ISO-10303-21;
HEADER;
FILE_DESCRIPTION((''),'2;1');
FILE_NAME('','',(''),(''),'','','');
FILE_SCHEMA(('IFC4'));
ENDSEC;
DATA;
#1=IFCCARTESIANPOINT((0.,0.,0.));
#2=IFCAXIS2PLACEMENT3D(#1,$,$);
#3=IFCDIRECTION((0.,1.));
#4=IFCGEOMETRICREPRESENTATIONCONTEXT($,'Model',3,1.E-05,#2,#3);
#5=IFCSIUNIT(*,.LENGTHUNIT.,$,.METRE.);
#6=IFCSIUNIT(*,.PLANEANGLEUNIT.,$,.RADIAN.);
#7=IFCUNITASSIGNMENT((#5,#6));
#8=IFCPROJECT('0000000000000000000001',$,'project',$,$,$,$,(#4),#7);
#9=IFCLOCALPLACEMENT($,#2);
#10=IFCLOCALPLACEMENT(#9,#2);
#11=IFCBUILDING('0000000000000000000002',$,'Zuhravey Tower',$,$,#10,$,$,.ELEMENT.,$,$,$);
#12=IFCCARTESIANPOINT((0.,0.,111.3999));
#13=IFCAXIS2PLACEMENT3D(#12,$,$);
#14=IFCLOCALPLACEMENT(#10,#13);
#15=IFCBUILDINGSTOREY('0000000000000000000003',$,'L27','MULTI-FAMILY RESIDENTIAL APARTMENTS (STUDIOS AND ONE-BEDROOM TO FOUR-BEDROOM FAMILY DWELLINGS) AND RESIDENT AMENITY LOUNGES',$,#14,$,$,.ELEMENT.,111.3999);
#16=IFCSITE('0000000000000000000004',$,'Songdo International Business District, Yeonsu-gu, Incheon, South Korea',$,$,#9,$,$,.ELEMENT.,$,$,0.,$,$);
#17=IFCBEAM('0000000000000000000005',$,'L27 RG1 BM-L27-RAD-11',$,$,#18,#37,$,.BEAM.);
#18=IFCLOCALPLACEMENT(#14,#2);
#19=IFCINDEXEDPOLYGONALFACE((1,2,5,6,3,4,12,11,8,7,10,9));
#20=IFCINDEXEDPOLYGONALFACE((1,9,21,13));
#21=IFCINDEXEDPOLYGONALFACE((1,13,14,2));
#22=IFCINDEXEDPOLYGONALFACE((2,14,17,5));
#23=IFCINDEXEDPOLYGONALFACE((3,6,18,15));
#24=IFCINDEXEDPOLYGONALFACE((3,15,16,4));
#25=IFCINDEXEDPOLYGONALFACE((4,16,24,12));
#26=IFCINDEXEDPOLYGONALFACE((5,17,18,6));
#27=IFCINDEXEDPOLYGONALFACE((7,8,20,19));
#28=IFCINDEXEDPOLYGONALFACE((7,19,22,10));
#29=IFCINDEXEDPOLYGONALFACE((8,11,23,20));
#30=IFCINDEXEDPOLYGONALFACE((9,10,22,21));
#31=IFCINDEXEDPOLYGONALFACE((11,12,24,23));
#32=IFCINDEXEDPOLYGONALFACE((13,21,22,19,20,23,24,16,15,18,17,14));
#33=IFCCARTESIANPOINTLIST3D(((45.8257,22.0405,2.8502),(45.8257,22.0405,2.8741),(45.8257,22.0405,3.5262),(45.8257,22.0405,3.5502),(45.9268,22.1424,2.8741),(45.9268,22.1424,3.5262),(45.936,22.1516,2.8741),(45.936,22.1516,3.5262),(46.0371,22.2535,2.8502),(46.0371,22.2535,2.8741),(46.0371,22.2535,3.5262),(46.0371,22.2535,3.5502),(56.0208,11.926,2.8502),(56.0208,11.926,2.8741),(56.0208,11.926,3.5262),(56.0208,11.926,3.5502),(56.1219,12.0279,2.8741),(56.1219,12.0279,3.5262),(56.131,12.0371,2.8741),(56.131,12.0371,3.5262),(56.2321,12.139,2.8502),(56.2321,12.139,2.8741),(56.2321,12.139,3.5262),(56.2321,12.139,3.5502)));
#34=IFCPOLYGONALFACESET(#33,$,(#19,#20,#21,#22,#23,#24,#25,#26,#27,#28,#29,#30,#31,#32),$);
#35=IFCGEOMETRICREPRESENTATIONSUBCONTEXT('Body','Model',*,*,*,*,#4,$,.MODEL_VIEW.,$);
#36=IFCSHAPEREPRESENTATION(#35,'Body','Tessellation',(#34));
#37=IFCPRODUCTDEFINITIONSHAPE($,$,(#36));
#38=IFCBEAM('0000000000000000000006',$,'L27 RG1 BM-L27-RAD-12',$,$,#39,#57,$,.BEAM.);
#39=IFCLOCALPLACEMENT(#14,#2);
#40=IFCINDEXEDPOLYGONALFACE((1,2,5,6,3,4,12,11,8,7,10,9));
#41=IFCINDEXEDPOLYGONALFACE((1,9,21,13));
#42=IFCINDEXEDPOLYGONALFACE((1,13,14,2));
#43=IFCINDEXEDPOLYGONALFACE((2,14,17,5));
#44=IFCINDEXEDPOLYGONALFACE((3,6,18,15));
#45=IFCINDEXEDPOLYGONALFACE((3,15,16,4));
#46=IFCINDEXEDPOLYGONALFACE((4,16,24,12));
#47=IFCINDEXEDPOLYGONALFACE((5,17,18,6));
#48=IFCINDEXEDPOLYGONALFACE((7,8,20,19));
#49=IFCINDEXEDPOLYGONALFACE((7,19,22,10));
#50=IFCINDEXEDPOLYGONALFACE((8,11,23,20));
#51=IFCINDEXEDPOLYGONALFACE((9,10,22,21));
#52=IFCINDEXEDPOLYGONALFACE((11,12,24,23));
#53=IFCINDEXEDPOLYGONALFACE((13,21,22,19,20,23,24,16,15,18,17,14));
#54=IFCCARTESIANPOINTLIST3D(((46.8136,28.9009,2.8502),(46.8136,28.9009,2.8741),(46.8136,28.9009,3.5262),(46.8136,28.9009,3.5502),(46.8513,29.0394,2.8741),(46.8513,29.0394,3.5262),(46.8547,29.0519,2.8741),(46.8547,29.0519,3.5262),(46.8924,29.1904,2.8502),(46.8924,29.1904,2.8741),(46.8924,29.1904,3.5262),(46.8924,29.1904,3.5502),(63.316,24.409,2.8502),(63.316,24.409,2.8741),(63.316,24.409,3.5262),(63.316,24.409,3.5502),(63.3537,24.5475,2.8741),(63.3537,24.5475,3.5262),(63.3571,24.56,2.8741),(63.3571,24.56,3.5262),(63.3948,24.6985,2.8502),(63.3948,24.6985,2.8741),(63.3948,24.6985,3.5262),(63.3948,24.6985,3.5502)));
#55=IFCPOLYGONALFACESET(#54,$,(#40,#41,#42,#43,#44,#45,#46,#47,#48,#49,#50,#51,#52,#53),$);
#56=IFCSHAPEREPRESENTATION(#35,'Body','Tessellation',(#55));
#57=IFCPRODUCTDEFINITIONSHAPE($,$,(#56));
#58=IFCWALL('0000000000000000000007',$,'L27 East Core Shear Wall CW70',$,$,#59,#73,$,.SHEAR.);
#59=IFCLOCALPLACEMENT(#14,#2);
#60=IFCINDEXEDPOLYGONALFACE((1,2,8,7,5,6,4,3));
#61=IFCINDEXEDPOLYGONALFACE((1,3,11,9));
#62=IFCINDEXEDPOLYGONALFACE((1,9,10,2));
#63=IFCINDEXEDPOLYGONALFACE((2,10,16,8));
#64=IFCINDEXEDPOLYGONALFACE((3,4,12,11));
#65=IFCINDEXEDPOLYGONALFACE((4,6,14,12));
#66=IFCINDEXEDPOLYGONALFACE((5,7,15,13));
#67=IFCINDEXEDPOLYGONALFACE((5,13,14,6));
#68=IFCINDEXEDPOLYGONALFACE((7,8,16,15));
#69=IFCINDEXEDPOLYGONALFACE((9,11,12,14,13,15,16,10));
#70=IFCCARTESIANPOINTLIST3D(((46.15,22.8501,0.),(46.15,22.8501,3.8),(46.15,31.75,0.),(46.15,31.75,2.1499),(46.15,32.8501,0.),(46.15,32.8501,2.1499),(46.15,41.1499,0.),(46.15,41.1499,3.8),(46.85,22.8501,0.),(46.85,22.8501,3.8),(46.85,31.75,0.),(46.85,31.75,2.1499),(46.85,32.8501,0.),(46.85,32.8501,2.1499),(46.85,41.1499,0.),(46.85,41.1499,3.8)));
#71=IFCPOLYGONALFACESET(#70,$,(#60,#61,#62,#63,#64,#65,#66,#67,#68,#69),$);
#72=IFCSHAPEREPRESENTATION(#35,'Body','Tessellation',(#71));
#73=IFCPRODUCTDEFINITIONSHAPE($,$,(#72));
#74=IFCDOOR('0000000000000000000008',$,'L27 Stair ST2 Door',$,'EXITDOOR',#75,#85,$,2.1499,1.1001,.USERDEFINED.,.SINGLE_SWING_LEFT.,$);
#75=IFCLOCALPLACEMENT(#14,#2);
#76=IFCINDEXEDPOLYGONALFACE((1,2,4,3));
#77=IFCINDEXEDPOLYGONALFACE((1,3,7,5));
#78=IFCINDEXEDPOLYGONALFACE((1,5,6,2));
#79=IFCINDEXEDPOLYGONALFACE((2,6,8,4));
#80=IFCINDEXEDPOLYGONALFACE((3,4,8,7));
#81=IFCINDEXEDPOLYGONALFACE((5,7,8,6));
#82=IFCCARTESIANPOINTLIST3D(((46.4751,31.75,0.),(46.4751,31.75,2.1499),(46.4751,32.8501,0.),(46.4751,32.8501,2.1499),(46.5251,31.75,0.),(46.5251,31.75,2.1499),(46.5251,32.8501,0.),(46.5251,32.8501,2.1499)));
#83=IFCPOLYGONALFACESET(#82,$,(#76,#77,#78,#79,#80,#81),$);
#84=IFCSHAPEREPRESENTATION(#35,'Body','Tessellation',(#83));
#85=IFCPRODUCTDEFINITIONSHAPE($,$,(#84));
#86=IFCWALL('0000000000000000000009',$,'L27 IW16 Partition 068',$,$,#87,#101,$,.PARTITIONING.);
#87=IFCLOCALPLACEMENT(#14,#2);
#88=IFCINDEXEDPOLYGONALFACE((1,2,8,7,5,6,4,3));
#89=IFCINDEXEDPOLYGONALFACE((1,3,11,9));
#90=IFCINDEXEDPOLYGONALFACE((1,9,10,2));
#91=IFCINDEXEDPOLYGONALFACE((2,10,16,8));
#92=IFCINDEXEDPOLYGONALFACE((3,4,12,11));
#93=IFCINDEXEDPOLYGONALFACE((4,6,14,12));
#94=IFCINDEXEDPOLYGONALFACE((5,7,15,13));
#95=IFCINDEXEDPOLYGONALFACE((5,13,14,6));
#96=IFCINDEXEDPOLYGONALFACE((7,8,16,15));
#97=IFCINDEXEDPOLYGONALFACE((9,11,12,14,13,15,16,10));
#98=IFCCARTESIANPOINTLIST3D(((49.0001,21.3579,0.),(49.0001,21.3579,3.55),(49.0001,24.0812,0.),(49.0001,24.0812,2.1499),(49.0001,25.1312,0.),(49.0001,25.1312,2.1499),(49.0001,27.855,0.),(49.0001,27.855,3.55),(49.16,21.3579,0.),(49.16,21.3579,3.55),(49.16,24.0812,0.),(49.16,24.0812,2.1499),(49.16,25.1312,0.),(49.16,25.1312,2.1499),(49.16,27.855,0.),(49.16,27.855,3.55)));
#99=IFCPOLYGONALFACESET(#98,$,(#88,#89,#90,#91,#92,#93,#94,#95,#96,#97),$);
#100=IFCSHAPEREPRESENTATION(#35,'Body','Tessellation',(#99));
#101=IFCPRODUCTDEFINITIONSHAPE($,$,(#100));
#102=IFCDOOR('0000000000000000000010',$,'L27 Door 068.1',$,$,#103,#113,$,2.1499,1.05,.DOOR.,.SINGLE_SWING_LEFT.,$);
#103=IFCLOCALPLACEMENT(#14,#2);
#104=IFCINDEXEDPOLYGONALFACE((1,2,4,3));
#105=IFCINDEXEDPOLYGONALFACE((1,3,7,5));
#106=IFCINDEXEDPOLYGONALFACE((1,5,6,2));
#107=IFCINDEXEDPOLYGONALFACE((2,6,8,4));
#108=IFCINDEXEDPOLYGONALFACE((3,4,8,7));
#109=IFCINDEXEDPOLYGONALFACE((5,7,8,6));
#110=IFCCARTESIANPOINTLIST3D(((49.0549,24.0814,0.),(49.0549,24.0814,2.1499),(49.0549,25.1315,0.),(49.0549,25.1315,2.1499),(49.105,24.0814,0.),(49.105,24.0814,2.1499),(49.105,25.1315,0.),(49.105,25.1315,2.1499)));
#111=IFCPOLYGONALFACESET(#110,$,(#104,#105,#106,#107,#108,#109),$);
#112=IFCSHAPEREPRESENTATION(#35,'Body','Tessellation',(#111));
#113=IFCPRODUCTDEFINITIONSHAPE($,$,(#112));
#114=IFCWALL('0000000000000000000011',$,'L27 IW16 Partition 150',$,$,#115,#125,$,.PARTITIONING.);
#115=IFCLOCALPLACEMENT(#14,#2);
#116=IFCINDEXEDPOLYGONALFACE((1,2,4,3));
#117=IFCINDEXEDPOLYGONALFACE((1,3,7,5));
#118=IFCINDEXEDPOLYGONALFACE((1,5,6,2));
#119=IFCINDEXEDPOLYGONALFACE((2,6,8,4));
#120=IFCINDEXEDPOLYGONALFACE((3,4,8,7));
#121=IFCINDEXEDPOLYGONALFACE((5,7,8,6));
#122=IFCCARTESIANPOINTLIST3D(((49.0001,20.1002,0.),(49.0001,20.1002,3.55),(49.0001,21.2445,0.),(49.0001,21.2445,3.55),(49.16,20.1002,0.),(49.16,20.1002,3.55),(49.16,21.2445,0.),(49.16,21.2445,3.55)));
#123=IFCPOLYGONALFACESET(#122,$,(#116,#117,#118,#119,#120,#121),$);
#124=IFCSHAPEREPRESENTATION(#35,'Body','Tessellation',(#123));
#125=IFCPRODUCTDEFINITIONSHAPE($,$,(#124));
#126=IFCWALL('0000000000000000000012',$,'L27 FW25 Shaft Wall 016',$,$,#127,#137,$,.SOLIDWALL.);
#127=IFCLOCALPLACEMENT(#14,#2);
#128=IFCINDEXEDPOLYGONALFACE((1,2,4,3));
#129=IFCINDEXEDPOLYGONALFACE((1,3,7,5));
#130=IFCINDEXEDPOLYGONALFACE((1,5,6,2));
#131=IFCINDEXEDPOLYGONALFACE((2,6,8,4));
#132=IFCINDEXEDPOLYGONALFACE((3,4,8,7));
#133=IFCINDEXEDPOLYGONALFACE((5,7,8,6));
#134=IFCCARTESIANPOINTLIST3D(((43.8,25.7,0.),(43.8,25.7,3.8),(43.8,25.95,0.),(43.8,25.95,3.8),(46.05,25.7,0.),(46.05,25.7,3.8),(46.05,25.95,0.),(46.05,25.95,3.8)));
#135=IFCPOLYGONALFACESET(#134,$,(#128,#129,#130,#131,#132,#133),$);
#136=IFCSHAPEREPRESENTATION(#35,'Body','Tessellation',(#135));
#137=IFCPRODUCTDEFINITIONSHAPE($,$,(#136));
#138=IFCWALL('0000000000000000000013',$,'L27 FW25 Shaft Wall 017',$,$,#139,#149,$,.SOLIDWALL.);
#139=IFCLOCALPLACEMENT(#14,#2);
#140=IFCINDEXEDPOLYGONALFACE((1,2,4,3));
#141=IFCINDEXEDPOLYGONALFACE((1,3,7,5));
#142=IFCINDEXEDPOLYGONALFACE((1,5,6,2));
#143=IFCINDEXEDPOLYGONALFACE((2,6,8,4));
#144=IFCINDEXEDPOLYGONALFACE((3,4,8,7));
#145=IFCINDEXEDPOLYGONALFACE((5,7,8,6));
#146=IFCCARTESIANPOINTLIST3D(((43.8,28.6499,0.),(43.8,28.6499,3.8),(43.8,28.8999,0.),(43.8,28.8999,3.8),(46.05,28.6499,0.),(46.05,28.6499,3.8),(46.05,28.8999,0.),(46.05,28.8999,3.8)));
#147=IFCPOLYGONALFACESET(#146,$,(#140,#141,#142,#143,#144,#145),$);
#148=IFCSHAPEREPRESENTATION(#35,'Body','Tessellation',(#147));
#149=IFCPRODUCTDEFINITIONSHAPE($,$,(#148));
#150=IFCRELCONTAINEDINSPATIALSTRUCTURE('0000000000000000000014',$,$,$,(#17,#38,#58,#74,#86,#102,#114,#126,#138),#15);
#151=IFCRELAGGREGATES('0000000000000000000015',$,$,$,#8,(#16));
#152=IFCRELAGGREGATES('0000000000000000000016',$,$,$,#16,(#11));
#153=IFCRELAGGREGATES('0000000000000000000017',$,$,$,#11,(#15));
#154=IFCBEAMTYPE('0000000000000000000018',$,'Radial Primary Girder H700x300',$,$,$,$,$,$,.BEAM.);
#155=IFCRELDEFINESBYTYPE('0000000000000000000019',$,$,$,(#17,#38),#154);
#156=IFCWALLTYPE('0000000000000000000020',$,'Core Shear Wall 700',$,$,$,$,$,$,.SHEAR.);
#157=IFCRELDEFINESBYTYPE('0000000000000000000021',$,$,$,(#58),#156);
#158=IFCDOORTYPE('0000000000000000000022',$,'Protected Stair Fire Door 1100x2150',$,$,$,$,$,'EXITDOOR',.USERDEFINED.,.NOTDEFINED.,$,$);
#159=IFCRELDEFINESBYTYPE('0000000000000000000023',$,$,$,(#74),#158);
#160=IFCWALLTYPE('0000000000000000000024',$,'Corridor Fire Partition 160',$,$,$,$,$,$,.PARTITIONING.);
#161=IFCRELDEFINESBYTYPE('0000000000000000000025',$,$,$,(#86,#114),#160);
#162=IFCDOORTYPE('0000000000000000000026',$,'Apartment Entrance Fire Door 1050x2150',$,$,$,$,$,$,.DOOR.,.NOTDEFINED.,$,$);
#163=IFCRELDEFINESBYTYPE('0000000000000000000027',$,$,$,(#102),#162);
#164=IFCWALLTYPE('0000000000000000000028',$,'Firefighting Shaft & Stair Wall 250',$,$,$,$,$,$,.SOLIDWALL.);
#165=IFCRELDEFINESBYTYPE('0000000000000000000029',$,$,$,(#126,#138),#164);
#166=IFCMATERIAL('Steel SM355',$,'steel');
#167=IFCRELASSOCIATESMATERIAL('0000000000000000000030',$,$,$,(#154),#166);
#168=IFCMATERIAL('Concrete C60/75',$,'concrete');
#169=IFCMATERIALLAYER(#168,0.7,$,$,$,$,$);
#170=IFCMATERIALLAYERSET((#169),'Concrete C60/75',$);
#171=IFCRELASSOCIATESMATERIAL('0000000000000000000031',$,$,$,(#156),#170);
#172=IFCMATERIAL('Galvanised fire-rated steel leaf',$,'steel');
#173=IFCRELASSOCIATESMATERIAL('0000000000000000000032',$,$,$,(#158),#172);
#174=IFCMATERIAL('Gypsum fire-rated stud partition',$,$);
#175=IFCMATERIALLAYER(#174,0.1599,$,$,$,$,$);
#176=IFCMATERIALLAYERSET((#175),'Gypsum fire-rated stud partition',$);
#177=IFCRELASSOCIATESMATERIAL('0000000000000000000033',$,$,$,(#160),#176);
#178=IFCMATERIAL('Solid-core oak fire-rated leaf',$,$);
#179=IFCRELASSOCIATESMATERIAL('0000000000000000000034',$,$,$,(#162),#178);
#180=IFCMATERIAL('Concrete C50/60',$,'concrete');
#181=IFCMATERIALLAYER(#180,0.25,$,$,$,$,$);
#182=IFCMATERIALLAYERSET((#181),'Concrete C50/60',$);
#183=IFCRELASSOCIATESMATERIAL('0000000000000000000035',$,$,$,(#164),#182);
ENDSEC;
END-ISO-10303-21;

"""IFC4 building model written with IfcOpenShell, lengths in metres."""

from ifc_helpers import new_model, si_unit, direction, frame, frame_2d, origin, origin_2d, place, context, subcontext, project, spatial, rectangle, i_section, extrude, material, layer, layer_set, material_profile, profile_set, type_object, element, fill, save


model = new_model("IFC4")

# Units and contexts
model_context = context("Model", 3, precision=1e-05, world=origin(), true_north=direction((0.0, 1.0)))
body_context = subcontext(model_context, "Body", "Model", "MODEL_VIEW")
ifc_project = project(units=[si_unit("LENGTHUNIT", "METRE"), si_unit("PLANEANGLEUNIT", "RADIAN")], contexts=[model_context])

# Site, building, storey
site_placement = place(None, origin())
site = spatial("IfcSite", under=ifc_project, at=site_placement, Name="Songdo International Business District, Yeonsu-gu, Incheon, South Korea", CompositionType="ELEMENT", RefElevation=0.0)
building_placement = place(site_placement, origin())
building = spatial("IfcBuilding", under=site, at=building_placement, Name="Zuhravey Tower", CompositionType="ELEMENT")
storey_placement = place(building_placement, frame((0.0, 0.0, 111.3999)))
storey = spatial("IfcBuildingStorey", under=building, at=storey_placement, Name="L27", Description="MULTI-FAMILY RESIDENTIAL APARTMENTS (STUDIOS AND ONE-BEDROOM TO FOUR-BEDROOM FAMILY DWELLINGS) AND RESIDENT AMENITY LOUNGES", CompositionType="ELEMENT", Elevation=111.3999)

# Beams
ifc_material_1 = material(Name="Steel SM355", Category="steel")
ifc_material_profile = material_profile(ifc_material_1, i_section(OverallWidth=0.3, OverallDepth=0.7, WebThickness=0.0129, FlangeThickness=0.0239, at=origin_2d()), Name="H-700x300x13x24")
ifc_profile_set = profile_set([ifc_material_profile], Name="Steel SM355")
beam_type = type_object("IfcBeamType", Name="Radial Primary Girder H700x300", PredefinedType="BEAM", material=ifc_profile_set)
beam_1_placement = place(storey_placement, frame((45.9314, 22.147, 3.2002), z_axis=(0.709906, -0.704296, 0.0), x_axis=(0.704296, 0.709906, 0.0)))
element("IfcBeam", 1, at=beam_1_placement, inside=storey, type_object=beam_type, Name="L27 RG1 BM-L27-RAD-11", PredefinedType="BEAM", context=body_context, shape_type="SweptSolid", body=[
    extrude(i_section(OverallWidth=0.3, OverallDepth=0.7, WebThickness=0.0129, FlangeThickness=0.0239, at=origin_2d()), origin(), (0.0, 0.0, 1.0), 14.3611),
])
beam_2_placement = place(storey_placement, frame((46.853, 29.0457, 3.2002), z_axis=(0.964893, -0.262643, 0.0), x_axis=(0.262643, 0.964893, 0.0)))
element("IfcBeam", 2, at=beam_2_placement, inside=storey, type_object=beam_type, Name="L27 RG1 BM-L27-RAD-12", PredefinedType="BEAM", context=body_context, shape_type="SweptSolid", body=[
    extrude(i_section(OverallWidth=0.3, OverallDepth=0.7, WebThickness=0.0129, FlangeThickness=0.0239, at=origin_2d()), origin(), (0.0, 0.0, 1.0), 17.1028),
])

# Walls, openings, doors
ifc_material_2 = material(Name="Concrete C60/75", Category="concrete")
ifc_layer_1 = layer(ifc_material_2, 0.7)
ifc_layer_set_1 = layer_set([ifc_layer_1], Name="Concrete C60/75")
wall_type_1 = type_object("IfcWallType", Name="Core Shear Wall 700", PredefinedType="SHEAR", material=ifc_layer_set_1)
wall_1_placement = place(storey_placement, frame((46.5, 22.8501, 0.0), z_axis=(0.0, 0.0, 1.0), x_axis=(0.0, 1.0, 0.0)))
wall_1 = element("IfcWall", 3, at=wall_1_placement, inside=storey, type_object=wall_type_1, Name="L27 East Core Shear Wall CW70", PredefinedType="SHEAR", context=body_context, shape_type="SweptSolid", body=[
    extrude(rectangle(XDim=18.2998, YDim=0.7, at=frame_2d((9.1499, 0.0))), origin(), (0.0, 0.0, 1.0), 3.8),
])
opening_1_placement = place(wall_1_placement, frame((8.8999, 0.0, 0.0)))
opening_1 = element("IfcOpeningElement", 4, at=opening_1_placement, cuts=wall_1, PredefinedType="OPENING", context=body_context, shape_type="SweptSolid", body=[
    extrude(rectangle(XDim=1.1001, YDim=2.1499, at=frame_2d((0.55, 1.075))), frame((0.0, 0.3621, 0.0), z_axis=(0.0, -1.0, 0.0), x_axis=(1.0, 0.0, 0.0)), (0.0, 0.0, 1.0), 0.7239),
])
ifc_material_3 = material(Name="Galvanised fire-rated steel leaf", Category="steel")
door_type_1 = type_object("IfcDoorType", Name="Protected Stair Fire Door 1100x2150", ElementType="EXITDOOR", OperationType="NOTDEFINED", PredefinedType="USERDEFINED", material=ifc_material_3)
door_1_placement = place(opening_1_placement, origin())
door_1 = element("IfcDoor", 5, at=door_1_placement, inside=storey, type_object=door_type_1, Name="L27 Stair ST2 Door", ObjectType="EXITDOOR", OperationType="SINGLE_SWING_LEFT", OverallHeight=2.1499, OverallWidth=1.1001, PredefinedType="USERDEFINED", context=body_context, shape_type="SweptSolid", body=[
    extrude(rectangle(XDim=1.1001, YDim=2.1499, at=frame_2d((0.55, 1.075))), frame((0.0, 0.0249, 0.0), z_axis=(0.0, -1.0, 0.0), x_axis=(1.0, 0.0, 0.0)), (0.0, 0.0, 1.0), 0.05),
])
fill(opening_1, door_1)
ifc_material_4 = material(Name="Gypsum fire-rated stud partition")
ifc_layer_2 = layer(ifc_material_4, 0.1599)
ifc_layer_set_2 = layer_set([ifc_layer_2], Name="Gypsum fire-rated stud partition")
wall_type_2 = type_object("IfcWallType", Name="Corridor Fire Partition 160", PredefinedType="PARTITIONING", material=ifc_layer_set_2)
wall_2_placement = place(storey_placement, frame((49.0801, 21.3579, 0.0), z_axis=(0.0, 0.0, 1.0), x_axis=(0.0, 1.0, 0.0)))
wall_2 = element("IfcWall", 6, at=wall_2_placement, inside=storey, type_object=wall_type_2, Name="L27 IW16 Partition 068", PredefinedType="PARTITIONING", context=body_context, shape_type="SweptSolid", body=[
    extrude(rectangle(XDim=6.4971, YDim=0.1599, at=frame_2d((3.2485, 0.0))), origin(), (0.0, 0.0, 1.0), 3.55),
])
opening_2_placement = place(wall_2_placement, frame((2.7234, 0.0, 0.0)))
opening_2 = element("IfcOpeningElement", 7, at=opening_2_placement, cuts=wall_2, PredefinedType="OPENING", context=body_context, shape_type="SweptSolid", body=[
    extrude(rectangle(XDim=1.05, YDim=2.1499, at=frame_2d((0.5249, 1.075))), frame((0.0, 0.092, 0.0), z_axis=(0.0, -1.0, 0.0), x_axis=(1.0, 0.0, 0.0)), (0.0, 0.0, 1.0), 0.1838),
])
ifc_material_5 = material(Name="Solid-core oak fire-rated leaf")
door_type_2 = type_object("IfcDoorType", Name="Apartment Entrance Fire Door 1050x2150", OperationType="NOTDEFINED", PredefinedType="DOOR", material=ifc_material_5)
door_2_placement = place(opening_2_placement, frame((1.05, 0.0, 0.0), z_axis=(0.0, 0.0, 1.0), x_axis=(-1.0, 0.0, 0.0)))
door_2 = element("IfcDoor", 8, at=door_2_placement, inside=storey, type_object=door_type_2, Name="L27 Door 068.1", OperationType="SINGLE_SWING_LEFT", OverallHeight=2.1499, OverallWidth=1.05, PredefinedType="DOOR", context=body_context, shape_type="SweptSolid", body=[
    extrude(rectangle(XDim=1.05, YDim=2.1499, at=frame_2d((0.5249, 1.075))), frame((0.0, 0.0249, 0.0), z_axis=(0.0, -1.0, 0.0), x_axis=(1.0, 0.0, 0.0)), (0.0, 0.0, 1.0), 0.05),
])
fill(opening_2, door_2)

# Walls
wall_3_placement = place(storey_placement, frame((49.0801, 20.1001, 0.0), z_axis=(0.0, 0.0, 1.0), x_axis=(0.0, 1.0, 0.0)))
element("IfcWall", 9, at=wall_3_placement, inside=storey, type_object=wall_type_2, Name="L27 IW16 Partition 150", PredefinedType="PARTITIONING", context=body_context, shape_type="SweptSolid", body=[
    extrude(rectangle(XDim=1.1443, YDim=0.1599, at=frame_2d((0.5723, 0.0))), origin(), (0.0, 0.0, 1.0), 3.55),
])
ifc_material_6 = material(Name="Concrete C50/60", Category="concrete")
ifc_layer_3 = layer(ifc_material_6, 0.25)
ifc_layer_set_3 = layer_set([ifc_layer_3], Name="Concrete C50/60")
wall_type_3 = type_object("IfcWallType", Name="Firefighting Shaft & Stair Wall 250", PredefinedType="SOLIDWALL", material=ifc_layer_set_3)
for number, where, z_axis, x_axis, name in (
    (10, (43.8, 25.825, 0.0), (0.0, 0.0, 1.0), (1.0, 0.0, 0.0), "L27 FW25 Shaft Wall 016"),
    (11, (43.8, 28.7749, 0.0), (0.0, 0.0, 1.0), (1.0, 0.0, 0.0), "L27 FW25 Shaft Wall 017"),
):
    element("IfcWall", number, at=place(storey_placement, frame(where, z_axis=z_axis, x_axis=x_axis)), inside=storey, type_object=wall_type_3, Name=name, PredefinedType="SOLIDWALL", context=body_context, shape_type="SweptSolid", body=[
        extrude(rectangle(XDim=2.25, YDim=0.25, at=frame_2d((1.125, 0.0))), origin(), (0.0, 0.0, 1.0), 3.8),
    ])

save(model, "model.ifc")
